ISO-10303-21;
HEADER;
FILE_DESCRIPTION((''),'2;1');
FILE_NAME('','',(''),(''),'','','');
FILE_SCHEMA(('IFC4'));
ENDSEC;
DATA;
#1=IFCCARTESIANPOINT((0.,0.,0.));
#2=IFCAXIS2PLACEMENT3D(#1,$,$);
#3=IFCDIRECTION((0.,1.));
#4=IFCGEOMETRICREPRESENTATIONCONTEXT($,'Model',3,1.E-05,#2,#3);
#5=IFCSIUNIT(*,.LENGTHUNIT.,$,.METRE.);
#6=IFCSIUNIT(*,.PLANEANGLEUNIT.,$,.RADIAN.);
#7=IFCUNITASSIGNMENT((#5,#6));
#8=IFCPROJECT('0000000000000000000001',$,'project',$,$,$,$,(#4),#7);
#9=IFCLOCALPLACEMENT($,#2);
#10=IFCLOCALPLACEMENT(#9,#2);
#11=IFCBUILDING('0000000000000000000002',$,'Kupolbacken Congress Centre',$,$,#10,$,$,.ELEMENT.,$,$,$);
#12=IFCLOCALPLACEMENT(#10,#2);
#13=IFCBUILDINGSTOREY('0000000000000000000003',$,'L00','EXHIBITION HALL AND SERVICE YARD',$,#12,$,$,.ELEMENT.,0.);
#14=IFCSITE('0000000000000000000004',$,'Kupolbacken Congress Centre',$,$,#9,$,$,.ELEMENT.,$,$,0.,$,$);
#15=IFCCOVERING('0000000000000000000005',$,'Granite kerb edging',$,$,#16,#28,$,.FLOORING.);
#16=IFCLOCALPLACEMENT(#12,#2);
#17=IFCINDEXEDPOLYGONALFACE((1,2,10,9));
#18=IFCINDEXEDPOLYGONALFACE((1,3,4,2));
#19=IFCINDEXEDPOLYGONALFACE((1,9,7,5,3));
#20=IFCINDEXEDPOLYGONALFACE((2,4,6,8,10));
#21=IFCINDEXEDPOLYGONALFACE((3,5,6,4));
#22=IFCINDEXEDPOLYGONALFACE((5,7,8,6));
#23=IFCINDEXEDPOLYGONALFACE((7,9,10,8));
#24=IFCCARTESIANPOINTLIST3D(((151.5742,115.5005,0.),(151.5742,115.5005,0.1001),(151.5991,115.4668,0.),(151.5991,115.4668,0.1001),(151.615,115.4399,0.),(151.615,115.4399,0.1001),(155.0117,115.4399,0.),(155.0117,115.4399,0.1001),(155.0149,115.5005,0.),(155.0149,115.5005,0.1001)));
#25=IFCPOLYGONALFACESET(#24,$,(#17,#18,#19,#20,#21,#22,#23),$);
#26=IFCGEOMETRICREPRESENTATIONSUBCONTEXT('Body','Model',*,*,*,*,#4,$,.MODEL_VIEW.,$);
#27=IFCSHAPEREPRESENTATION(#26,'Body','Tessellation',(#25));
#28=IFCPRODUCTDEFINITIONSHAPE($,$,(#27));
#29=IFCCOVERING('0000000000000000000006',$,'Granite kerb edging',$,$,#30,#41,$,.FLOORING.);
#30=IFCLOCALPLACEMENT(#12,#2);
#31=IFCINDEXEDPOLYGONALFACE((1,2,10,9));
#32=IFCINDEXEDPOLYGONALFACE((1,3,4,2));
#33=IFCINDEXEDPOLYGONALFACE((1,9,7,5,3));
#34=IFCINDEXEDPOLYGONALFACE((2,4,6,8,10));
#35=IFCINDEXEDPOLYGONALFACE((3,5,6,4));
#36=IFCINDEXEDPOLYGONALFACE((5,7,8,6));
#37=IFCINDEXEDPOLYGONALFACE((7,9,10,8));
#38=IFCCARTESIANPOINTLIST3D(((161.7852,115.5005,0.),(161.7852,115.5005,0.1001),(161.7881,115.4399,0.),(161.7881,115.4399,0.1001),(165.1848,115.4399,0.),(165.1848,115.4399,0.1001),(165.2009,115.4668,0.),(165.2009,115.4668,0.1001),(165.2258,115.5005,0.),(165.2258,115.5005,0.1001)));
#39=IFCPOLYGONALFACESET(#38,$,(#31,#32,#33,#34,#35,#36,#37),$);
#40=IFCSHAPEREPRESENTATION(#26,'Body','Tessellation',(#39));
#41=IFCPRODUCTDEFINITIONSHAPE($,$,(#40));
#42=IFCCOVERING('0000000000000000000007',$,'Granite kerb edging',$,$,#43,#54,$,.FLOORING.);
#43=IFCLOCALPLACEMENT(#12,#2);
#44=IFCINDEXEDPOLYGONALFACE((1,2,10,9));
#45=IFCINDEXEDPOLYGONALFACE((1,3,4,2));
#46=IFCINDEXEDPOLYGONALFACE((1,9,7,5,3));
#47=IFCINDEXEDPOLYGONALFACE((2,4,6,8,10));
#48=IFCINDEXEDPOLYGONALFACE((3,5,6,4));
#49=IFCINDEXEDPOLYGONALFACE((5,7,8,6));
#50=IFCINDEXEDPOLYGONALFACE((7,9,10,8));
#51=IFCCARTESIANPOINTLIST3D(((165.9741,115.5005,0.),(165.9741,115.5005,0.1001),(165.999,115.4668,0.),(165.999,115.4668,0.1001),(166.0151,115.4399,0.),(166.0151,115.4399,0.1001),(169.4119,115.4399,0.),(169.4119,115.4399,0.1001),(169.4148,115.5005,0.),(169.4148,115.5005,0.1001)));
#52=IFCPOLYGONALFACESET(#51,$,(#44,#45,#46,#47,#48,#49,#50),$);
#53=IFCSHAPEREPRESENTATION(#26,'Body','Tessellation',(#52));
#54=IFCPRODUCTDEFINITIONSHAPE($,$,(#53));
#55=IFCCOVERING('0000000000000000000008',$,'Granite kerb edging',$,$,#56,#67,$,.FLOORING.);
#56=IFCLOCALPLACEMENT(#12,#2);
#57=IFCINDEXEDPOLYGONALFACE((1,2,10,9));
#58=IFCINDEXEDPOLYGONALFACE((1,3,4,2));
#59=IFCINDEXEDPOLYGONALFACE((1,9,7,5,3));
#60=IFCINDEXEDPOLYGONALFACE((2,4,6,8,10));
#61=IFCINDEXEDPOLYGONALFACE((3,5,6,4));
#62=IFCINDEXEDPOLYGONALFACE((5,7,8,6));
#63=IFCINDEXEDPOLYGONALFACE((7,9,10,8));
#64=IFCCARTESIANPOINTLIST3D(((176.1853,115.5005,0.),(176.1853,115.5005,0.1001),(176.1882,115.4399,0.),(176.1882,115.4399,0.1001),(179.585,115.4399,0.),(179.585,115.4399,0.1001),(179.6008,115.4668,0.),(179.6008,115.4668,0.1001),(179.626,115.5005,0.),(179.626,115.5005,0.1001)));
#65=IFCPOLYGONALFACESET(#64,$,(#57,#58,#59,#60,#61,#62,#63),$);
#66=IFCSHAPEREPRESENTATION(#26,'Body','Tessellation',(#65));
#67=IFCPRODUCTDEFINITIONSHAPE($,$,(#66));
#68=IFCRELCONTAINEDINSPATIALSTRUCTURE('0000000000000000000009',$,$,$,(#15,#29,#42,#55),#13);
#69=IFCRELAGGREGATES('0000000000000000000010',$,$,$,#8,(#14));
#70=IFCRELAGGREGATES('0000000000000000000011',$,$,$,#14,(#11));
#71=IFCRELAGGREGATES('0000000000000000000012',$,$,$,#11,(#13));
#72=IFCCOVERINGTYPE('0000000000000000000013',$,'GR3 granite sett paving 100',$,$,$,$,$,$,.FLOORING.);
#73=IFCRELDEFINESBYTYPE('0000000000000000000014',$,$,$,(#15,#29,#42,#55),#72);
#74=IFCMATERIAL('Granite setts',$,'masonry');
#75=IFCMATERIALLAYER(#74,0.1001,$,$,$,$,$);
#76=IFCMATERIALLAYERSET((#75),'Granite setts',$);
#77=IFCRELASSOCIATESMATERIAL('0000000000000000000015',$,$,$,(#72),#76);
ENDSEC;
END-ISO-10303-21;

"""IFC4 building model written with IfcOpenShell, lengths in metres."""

from ifc_helpers import new_model, si_unit, direction, origin, place, context, subcontext, project, spatial, polyline, outline, extrude, material, layer, layer_set, type_object, element, save


model = new_model("IFC4")

# Units and contexts
model_context = context("Model", 3, precision=1e-05, world=origin(), true_north=direction((0.0, 1.0)))
body_context = subcontext(model_context, "Body", "Model", "MODEL_VIEW")
ifc_project = project(units=[si_unit("LENGTHUNIT", "METRE"), si_unit("PLANEANGLEUNIT", "RADIAN")], contexts=[model_context])

# Site, building, storey
site_placement = place(None, origin())
site = spatial("IfcSite", under=ifc_project, at=site_placement, Name="Kupolbacken Congress Centre", CompositionType="ELEMENT", RefElevation=0.0)
building_placement = place(site_placement, origin())
building = spatial("IfcBuilding", under=site, at=building_placement, Name="Kupolbacken Congress Centre", CompositionType="ELEMENT")
storey_placement = place(building_placement, origin())
storey = spatial("IfcBuildingStorey", under=building, at=storey_placement, Name="L00", Description="EXHIBITION HALL AND SERVICE YARD", CompositionType="ELEMENT", Elevation=0.0)

# Coverings
ifc_material_1 = material(Name="Granite setts", Category="masonry")
ifc_layer_1 = layer(ifc_material_1, 0.1001)
ifc_layer_set_1 = layer_set([ifc_layer_1], Name="Granite setts")
covering_type_1 = type_object("IfcCoveringType", Name="GR3 granite sett paving 100", PredefinedType="FLOORING", material=ifc_layer_set_1)
covering_1_placement = place(storey_placement, origin())
element("IfcCovering", 1, at=covering_1_placement, inside=storey, type_object=covering_type_1, Name="Granite kerb edging", PredefinedType="FLOORING", context=body_context, shape_type="SweptSolid", body=[
    extrude(outline(polyline([(151.5991, 115.4668), (151.5742, 115.5005), (155.0149, 115.5005), (155.0117, 115.4399), (151.615, 115.4399), (151.5991, 115.4668)])), origin(), (0.0, 0.0, 1.0), 0.1001),
])
covering_2_placement = place(storey_placement, origin())
element("IfcCovering", 2, at=covering_2_placement, inside=storey, type_object=covering_type_1, Name="Granite kerb edging", PredefinedType="FLOORING", context=body_context, shape_type="SweptSolid", body=[
    extrude(outline(polyline([(161.7881, 115.4399), (161.7852, 115.5005), (165.2258, 115.5005), (165.2009, 115.4668), (165.1848, 115.4399), (161.7881, 115.4399)])), origin(), (0.0, 0.0, 1.0), 0.1001),
])
covering_3_placement = place(storey_placement, origin())
element("IfcCovering", 3, at=covering_3_placement, inside=storey, type_object=covering_type_1, Name="Granite kerb edging", PredefinedType="FLOORING", context=body_context, shape_type="SweptSolid", body=[
    extrude(outline(polyline([(166.0151, 115.4399), (165.999, 115.4668), (165.9741, 115.5005), (169.4148, 115.5005), (169.4119, 115.4399), (166.0151, 115.4399)])), origin(), (0.0, 0.0, 1.0), 0.1001),
])
covering_4_placement = place(storey_placement, origin())
element("IfcCovering", 4, at=covering_4_placement, inside=storey, type_object=covering_type_1, Name="Granite kerb edging", PredefinedType="FLOORING", context=body_context, shape_type="SweptSolid", body=[
    extrude(outline(polyline([(176.1882, 115.4399), (176.1853, 115.5005), (179.626, 115.5005), (179.6008, 115.4668), (179.585, 115.4399), (176.1882, 115.4399)])), origin(), (0.0, 0.0, 1.0), 0.1001),
])

save(model, "model.ifc")
